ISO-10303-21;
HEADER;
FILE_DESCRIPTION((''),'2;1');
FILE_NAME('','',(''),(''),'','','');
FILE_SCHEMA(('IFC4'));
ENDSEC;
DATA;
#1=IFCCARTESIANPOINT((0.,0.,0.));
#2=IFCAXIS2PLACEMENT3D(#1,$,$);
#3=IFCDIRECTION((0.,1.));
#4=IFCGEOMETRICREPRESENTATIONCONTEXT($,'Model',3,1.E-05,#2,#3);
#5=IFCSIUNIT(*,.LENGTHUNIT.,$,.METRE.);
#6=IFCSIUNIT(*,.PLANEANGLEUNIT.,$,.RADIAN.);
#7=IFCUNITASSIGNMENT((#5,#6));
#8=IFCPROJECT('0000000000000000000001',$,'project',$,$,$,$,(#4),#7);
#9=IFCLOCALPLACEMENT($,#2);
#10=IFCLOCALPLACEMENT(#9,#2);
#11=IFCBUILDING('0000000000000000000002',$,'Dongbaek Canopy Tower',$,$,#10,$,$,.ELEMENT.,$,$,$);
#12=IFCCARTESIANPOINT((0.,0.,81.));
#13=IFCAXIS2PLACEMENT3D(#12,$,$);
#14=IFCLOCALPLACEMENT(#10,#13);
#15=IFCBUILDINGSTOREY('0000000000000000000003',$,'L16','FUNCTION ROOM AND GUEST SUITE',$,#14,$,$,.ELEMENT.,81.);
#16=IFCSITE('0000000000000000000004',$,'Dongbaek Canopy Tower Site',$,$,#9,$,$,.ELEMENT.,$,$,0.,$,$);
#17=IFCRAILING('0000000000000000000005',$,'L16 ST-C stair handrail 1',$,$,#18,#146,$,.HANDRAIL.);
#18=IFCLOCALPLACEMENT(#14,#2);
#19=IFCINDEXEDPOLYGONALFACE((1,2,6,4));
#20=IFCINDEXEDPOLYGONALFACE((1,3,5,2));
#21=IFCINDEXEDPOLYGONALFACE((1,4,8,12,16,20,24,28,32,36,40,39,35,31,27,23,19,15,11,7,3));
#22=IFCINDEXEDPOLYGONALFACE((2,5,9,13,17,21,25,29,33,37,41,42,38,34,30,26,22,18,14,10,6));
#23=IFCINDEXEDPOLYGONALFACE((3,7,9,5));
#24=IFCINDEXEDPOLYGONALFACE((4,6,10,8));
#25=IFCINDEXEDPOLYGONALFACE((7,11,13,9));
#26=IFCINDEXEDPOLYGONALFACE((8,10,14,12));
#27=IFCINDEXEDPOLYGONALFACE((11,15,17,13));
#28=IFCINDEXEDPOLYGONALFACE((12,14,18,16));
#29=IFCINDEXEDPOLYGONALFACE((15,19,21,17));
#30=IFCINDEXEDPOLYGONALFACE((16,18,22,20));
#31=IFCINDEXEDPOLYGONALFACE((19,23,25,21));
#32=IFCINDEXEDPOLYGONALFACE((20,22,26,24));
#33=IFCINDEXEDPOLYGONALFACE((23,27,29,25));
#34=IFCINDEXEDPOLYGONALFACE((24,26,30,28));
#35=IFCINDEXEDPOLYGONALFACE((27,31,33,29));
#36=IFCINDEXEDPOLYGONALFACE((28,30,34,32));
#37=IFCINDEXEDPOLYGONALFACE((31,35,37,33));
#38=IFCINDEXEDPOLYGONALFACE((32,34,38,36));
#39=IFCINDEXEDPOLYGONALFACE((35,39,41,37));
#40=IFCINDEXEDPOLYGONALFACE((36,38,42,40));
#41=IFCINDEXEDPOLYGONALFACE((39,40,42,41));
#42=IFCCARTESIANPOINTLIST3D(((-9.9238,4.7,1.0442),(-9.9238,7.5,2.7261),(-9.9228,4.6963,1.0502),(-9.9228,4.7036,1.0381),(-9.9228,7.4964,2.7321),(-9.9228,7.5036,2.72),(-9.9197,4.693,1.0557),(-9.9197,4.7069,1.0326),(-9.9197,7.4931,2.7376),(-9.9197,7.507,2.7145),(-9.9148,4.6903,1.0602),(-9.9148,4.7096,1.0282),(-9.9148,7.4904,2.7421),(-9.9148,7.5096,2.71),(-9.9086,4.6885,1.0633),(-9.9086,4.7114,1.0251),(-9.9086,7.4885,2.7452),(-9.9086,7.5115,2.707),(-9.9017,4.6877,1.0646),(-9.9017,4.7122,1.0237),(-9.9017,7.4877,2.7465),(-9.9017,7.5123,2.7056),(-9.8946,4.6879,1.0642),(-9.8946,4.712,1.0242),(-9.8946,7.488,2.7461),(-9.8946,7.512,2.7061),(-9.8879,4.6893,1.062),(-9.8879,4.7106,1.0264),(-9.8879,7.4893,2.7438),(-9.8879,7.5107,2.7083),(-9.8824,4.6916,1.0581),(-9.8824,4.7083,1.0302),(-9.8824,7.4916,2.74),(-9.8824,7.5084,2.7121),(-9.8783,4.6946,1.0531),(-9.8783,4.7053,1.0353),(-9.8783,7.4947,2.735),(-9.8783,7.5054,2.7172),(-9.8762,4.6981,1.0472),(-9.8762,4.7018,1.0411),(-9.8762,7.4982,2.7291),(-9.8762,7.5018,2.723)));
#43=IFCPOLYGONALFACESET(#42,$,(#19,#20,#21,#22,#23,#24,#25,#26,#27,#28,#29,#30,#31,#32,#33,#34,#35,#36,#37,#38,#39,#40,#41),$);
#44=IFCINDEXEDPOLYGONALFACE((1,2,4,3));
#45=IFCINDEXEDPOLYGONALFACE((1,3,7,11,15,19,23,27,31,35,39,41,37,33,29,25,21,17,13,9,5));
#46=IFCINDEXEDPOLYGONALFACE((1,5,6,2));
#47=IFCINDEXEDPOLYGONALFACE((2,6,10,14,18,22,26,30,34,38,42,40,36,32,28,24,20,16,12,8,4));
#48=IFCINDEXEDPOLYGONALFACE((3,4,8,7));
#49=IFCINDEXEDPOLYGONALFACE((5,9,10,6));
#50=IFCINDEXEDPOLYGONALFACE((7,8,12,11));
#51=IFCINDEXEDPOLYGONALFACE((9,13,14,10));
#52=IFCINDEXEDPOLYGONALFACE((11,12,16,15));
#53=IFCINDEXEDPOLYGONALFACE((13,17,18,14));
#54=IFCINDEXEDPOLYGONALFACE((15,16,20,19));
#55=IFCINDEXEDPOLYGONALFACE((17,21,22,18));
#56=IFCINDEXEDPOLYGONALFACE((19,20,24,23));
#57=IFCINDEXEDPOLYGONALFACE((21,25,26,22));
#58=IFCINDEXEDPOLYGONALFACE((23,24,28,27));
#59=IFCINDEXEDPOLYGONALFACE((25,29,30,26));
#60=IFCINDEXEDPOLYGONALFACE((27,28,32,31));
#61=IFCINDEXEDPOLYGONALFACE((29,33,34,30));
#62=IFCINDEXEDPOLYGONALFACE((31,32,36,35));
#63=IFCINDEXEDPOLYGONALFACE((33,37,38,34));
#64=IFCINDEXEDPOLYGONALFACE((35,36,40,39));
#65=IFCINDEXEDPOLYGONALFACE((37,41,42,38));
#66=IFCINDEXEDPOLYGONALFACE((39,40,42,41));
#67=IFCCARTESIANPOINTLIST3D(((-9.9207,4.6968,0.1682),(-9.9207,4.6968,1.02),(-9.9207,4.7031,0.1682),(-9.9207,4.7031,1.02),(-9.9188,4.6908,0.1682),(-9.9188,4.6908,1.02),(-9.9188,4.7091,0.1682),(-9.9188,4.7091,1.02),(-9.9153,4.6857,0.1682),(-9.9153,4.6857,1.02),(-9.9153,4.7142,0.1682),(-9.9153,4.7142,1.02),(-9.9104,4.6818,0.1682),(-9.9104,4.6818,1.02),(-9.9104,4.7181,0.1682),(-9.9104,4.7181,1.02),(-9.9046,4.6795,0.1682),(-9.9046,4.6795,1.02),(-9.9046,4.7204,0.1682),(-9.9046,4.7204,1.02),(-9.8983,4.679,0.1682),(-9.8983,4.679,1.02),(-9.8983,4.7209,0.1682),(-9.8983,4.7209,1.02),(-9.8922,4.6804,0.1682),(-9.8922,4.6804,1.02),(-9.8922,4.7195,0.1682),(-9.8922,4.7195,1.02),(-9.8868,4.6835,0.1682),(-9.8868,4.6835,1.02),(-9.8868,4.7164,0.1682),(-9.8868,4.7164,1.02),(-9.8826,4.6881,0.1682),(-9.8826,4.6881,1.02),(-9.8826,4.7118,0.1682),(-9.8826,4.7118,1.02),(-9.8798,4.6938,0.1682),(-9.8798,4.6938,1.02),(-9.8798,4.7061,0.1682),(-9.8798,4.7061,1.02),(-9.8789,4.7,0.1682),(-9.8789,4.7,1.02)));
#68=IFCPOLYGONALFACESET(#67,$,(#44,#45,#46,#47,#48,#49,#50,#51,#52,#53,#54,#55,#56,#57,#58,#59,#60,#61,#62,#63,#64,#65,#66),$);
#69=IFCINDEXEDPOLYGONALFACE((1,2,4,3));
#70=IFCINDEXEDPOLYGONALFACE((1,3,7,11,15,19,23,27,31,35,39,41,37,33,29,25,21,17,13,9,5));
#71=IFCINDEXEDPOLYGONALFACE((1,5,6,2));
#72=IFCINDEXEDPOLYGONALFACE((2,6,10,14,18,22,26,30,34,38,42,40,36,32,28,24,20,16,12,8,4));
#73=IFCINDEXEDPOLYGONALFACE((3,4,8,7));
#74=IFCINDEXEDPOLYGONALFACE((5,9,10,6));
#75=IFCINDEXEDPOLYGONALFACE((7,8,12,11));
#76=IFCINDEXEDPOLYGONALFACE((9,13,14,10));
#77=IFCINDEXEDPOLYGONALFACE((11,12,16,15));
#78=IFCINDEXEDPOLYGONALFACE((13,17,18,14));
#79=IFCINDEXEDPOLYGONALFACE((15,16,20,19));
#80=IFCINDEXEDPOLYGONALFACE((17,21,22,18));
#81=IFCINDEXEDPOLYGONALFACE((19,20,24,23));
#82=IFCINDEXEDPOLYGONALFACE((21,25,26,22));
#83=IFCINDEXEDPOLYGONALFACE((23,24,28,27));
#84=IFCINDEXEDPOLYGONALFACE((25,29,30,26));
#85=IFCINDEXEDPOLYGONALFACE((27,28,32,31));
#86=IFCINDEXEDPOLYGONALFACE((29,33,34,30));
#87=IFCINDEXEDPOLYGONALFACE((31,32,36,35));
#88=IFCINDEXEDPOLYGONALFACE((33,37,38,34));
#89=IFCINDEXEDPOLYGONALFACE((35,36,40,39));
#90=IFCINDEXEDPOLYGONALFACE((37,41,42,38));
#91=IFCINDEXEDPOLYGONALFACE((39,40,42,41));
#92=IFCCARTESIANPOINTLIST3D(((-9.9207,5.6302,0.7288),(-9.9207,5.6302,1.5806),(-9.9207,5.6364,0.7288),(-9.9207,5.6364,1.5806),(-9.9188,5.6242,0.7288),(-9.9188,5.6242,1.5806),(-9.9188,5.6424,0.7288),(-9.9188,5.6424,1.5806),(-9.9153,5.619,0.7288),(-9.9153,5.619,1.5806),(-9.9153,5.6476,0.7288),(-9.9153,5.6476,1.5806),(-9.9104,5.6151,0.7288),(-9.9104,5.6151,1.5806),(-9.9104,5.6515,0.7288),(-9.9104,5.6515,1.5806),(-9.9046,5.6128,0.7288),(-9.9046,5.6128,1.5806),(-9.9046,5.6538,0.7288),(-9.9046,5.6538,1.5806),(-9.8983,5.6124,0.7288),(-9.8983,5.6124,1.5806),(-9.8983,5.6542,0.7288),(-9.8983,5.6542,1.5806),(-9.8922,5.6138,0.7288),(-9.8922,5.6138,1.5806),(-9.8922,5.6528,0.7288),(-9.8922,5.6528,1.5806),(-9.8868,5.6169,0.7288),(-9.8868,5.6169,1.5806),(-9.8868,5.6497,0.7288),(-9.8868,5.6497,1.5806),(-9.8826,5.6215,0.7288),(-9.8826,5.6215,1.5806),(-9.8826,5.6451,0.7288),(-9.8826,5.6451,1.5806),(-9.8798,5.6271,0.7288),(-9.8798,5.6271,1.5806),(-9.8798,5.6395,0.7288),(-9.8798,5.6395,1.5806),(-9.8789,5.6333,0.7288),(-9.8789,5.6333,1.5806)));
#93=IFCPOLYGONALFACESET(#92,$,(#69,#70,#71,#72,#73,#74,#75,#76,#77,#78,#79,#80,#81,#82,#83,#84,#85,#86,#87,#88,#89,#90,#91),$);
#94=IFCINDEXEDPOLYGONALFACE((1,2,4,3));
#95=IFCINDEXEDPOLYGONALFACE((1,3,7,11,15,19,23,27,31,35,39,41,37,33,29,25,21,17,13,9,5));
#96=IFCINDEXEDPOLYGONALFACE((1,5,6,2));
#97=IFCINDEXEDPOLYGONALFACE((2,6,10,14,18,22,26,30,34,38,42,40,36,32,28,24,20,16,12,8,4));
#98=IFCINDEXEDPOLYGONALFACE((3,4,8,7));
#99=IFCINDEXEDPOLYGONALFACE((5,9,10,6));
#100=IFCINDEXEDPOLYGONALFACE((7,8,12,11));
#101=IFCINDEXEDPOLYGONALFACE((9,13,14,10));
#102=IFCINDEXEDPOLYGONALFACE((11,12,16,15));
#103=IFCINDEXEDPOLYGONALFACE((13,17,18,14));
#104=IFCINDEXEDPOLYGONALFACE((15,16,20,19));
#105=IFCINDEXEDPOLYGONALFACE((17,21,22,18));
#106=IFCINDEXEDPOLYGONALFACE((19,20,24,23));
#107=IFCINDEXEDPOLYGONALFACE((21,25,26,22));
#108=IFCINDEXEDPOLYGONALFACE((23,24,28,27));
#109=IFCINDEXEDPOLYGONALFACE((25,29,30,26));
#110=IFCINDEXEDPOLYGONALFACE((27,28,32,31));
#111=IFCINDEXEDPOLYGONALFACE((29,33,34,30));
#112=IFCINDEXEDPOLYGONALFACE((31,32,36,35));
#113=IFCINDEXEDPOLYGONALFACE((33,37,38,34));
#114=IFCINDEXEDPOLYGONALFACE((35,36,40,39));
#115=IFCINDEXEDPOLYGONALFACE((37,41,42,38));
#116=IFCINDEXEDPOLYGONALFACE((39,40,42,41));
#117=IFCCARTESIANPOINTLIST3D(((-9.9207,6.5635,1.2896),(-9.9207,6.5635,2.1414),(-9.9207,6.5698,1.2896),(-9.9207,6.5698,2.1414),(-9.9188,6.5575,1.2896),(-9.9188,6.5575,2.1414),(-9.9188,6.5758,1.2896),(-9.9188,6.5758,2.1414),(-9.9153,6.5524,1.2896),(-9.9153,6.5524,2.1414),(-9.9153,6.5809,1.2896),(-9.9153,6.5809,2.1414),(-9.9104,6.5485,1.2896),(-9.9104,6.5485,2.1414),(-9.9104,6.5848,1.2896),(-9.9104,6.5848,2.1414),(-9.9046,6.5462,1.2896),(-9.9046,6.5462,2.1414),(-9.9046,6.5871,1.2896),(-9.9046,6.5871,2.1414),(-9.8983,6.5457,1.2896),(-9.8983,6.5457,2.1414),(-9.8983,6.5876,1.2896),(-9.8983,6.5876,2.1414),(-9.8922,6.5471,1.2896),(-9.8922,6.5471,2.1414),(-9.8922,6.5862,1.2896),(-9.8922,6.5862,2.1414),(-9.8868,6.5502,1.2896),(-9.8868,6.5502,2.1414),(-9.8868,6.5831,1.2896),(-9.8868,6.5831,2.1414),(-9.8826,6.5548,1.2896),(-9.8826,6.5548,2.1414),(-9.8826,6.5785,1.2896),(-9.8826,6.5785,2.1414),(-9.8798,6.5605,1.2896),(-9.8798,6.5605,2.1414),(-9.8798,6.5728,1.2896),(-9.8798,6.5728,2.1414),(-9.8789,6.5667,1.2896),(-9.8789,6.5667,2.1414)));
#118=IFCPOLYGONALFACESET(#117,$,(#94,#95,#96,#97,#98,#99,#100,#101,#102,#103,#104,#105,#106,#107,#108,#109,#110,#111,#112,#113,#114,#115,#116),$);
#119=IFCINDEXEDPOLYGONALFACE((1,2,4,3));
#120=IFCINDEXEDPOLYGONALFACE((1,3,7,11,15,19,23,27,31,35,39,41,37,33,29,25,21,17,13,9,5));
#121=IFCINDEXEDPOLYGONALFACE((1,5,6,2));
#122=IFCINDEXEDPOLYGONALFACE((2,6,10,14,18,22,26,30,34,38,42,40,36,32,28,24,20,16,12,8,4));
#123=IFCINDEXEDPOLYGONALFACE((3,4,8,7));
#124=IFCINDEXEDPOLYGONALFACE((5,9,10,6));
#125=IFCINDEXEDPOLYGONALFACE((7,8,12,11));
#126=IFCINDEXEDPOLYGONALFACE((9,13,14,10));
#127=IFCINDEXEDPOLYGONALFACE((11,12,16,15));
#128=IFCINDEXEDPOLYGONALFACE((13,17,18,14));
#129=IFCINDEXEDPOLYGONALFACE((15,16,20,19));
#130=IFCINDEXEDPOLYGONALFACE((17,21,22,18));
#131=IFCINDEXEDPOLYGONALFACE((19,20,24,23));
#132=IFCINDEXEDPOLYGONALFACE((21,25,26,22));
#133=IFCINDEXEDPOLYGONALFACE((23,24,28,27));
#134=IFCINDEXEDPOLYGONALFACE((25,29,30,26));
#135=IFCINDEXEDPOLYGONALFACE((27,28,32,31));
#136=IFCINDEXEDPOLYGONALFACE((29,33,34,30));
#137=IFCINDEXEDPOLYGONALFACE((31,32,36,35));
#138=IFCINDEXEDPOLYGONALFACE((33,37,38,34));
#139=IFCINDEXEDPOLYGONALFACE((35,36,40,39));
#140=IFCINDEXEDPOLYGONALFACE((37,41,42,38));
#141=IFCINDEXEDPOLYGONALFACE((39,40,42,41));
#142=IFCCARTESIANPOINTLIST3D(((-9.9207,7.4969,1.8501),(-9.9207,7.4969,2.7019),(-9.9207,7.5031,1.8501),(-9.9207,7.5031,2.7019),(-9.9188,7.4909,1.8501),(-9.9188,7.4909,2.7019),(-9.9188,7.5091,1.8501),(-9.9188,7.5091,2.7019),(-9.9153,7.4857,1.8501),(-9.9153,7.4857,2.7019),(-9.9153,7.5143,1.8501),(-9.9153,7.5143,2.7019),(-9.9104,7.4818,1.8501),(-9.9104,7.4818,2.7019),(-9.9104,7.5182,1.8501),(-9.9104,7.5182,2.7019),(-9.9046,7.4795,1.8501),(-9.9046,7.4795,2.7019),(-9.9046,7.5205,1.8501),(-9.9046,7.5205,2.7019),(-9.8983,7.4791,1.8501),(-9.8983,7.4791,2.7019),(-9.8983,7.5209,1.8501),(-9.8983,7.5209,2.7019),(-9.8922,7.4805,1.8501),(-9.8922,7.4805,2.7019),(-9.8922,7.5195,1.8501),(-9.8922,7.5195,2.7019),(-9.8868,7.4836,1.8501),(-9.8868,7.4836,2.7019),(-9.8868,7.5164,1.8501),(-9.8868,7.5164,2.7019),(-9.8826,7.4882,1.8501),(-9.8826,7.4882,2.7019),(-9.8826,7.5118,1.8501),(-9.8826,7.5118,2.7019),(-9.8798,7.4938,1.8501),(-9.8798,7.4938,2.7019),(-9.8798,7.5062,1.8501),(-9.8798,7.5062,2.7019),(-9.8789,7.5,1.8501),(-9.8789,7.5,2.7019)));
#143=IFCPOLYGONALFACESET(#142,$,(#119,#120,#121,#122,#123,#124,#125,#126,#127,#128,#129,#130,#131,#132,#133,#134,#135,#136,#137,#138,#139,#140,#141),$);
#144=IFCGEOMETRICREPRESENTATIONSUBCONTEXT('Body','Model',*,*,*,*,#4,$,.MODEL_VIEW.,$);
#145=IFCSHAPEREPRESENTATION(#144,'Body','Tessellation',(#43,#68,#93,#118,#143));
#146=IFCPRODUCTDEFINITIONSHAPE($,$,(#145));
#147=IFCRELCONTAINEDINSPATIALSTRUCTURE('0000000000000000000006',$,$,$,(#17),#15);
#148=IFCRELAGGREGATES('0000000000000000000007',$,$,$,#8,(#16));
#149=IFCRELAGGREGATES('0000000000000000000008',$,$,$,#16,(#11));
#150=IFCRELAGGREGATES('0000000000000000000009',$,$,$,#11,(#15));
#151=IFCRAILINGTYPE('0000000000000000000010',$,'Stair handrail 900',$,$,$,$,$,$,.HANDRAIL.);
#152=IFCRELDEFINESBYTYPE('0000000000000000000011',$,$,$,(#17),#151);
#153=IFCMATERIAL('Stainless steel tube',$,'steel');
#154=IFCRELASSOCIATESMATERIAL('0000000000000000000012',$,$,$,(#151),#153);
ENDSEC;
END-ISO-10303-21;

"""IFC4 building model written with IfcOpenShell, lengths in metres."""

from ifc_helpers import new_model, si_unit, direction, frame, origin, origin_2d, place, context, subcontext, project, spatial, circle, extrude, material, type_object, element, save


model = new_model("IFC4")

# Units and contexts
model_context = context("Model", 3, precision=1e-05, world=origin(), true_north=direction((0.0, 1.0)))
body_context = subcontext(model_context, "Body", "Model", "MODEL_VIEW")
ifc_project = project(units=[si_unit("LENGTHUNIT", "METRE"), si_unit("PLANEANGLEUNIT", "RADIAN")], contexts=[model_context])

# Site, building, storey
site_placement = place(None, origin())
site = spatial("IfcSite", under=ifc_project, at=site_placement, Name="Dongbaek Canopy Tower Site", CompositionType="ELEMENT", RefElevation=0.0)
building_placement = place(site_placement, origin())
building = spatial("IfcBuilding", under=site, at=building_placement, Name="Dongbaek Canopy Tower", CompositionType="ELEMENT")
storey_placement = place(building_placement, frame((0.0, 0.0, 81.0)))
storey = spatial("IfcBuildingStorey", under=building, at=storey_placement, Name="L16", Description="FUNCTION ROOM AND GUEST SUITE", CompositionType="ELEMENT", Elevation=81.0)

# Railing
ifc_material_1 = material(Name="Stainless steel tube", Category="steel")
railing_type_1 = type_object("IfcRailingType", Name="Stair handrail 900", PredefinedType="HANDRAIL", material=ifc_material_1)
railing_1_placement = place(storey_placement, frame((-9.8999, 4.7, 0.1682)))
element("IfcRailing", 1, at=railing_1_placement, inside=storey, type_object=railing_type_1, Name="L16 ST-C stair handrail 1", PredefinedType="HANDRAIL", context=body_context, shape_type="SweptSolid", body=[
    extrude(circle(Radius=0.0239, at=origin_2d()), frame((0.0, 0.0, 0.876), z_axis=(0.0, 0.857242, 0.514913), x_axis=(-1.0, 0.0, 0.0)), (0.0, 0.0, 1.0), 3.2664),
    extrude(circle(Radius=0.021, at=origin_2d()), origin(), (0.0, 0.0, 1.0), 0.8518),
    extrude(circle(Radius=0.021, at=origin_2d()), frame((0.0, 0.9333, 0.5605)), (0.0, 0.0, 1.0), 0.8518),
    extrude(circle(Radius=0.021, at=origin_2d()), frame((0.0, 1.8667, 1.1213)), (0.0, 0.0, 1.0), 0.8518),
    extrude(circle(Radius=0.021, at=origin_2d()), frame((0.0, 2.8, 1.6819)), (0.0, 0.0, 1.0), 0.8518),
])

save(model, "model.ifc")
